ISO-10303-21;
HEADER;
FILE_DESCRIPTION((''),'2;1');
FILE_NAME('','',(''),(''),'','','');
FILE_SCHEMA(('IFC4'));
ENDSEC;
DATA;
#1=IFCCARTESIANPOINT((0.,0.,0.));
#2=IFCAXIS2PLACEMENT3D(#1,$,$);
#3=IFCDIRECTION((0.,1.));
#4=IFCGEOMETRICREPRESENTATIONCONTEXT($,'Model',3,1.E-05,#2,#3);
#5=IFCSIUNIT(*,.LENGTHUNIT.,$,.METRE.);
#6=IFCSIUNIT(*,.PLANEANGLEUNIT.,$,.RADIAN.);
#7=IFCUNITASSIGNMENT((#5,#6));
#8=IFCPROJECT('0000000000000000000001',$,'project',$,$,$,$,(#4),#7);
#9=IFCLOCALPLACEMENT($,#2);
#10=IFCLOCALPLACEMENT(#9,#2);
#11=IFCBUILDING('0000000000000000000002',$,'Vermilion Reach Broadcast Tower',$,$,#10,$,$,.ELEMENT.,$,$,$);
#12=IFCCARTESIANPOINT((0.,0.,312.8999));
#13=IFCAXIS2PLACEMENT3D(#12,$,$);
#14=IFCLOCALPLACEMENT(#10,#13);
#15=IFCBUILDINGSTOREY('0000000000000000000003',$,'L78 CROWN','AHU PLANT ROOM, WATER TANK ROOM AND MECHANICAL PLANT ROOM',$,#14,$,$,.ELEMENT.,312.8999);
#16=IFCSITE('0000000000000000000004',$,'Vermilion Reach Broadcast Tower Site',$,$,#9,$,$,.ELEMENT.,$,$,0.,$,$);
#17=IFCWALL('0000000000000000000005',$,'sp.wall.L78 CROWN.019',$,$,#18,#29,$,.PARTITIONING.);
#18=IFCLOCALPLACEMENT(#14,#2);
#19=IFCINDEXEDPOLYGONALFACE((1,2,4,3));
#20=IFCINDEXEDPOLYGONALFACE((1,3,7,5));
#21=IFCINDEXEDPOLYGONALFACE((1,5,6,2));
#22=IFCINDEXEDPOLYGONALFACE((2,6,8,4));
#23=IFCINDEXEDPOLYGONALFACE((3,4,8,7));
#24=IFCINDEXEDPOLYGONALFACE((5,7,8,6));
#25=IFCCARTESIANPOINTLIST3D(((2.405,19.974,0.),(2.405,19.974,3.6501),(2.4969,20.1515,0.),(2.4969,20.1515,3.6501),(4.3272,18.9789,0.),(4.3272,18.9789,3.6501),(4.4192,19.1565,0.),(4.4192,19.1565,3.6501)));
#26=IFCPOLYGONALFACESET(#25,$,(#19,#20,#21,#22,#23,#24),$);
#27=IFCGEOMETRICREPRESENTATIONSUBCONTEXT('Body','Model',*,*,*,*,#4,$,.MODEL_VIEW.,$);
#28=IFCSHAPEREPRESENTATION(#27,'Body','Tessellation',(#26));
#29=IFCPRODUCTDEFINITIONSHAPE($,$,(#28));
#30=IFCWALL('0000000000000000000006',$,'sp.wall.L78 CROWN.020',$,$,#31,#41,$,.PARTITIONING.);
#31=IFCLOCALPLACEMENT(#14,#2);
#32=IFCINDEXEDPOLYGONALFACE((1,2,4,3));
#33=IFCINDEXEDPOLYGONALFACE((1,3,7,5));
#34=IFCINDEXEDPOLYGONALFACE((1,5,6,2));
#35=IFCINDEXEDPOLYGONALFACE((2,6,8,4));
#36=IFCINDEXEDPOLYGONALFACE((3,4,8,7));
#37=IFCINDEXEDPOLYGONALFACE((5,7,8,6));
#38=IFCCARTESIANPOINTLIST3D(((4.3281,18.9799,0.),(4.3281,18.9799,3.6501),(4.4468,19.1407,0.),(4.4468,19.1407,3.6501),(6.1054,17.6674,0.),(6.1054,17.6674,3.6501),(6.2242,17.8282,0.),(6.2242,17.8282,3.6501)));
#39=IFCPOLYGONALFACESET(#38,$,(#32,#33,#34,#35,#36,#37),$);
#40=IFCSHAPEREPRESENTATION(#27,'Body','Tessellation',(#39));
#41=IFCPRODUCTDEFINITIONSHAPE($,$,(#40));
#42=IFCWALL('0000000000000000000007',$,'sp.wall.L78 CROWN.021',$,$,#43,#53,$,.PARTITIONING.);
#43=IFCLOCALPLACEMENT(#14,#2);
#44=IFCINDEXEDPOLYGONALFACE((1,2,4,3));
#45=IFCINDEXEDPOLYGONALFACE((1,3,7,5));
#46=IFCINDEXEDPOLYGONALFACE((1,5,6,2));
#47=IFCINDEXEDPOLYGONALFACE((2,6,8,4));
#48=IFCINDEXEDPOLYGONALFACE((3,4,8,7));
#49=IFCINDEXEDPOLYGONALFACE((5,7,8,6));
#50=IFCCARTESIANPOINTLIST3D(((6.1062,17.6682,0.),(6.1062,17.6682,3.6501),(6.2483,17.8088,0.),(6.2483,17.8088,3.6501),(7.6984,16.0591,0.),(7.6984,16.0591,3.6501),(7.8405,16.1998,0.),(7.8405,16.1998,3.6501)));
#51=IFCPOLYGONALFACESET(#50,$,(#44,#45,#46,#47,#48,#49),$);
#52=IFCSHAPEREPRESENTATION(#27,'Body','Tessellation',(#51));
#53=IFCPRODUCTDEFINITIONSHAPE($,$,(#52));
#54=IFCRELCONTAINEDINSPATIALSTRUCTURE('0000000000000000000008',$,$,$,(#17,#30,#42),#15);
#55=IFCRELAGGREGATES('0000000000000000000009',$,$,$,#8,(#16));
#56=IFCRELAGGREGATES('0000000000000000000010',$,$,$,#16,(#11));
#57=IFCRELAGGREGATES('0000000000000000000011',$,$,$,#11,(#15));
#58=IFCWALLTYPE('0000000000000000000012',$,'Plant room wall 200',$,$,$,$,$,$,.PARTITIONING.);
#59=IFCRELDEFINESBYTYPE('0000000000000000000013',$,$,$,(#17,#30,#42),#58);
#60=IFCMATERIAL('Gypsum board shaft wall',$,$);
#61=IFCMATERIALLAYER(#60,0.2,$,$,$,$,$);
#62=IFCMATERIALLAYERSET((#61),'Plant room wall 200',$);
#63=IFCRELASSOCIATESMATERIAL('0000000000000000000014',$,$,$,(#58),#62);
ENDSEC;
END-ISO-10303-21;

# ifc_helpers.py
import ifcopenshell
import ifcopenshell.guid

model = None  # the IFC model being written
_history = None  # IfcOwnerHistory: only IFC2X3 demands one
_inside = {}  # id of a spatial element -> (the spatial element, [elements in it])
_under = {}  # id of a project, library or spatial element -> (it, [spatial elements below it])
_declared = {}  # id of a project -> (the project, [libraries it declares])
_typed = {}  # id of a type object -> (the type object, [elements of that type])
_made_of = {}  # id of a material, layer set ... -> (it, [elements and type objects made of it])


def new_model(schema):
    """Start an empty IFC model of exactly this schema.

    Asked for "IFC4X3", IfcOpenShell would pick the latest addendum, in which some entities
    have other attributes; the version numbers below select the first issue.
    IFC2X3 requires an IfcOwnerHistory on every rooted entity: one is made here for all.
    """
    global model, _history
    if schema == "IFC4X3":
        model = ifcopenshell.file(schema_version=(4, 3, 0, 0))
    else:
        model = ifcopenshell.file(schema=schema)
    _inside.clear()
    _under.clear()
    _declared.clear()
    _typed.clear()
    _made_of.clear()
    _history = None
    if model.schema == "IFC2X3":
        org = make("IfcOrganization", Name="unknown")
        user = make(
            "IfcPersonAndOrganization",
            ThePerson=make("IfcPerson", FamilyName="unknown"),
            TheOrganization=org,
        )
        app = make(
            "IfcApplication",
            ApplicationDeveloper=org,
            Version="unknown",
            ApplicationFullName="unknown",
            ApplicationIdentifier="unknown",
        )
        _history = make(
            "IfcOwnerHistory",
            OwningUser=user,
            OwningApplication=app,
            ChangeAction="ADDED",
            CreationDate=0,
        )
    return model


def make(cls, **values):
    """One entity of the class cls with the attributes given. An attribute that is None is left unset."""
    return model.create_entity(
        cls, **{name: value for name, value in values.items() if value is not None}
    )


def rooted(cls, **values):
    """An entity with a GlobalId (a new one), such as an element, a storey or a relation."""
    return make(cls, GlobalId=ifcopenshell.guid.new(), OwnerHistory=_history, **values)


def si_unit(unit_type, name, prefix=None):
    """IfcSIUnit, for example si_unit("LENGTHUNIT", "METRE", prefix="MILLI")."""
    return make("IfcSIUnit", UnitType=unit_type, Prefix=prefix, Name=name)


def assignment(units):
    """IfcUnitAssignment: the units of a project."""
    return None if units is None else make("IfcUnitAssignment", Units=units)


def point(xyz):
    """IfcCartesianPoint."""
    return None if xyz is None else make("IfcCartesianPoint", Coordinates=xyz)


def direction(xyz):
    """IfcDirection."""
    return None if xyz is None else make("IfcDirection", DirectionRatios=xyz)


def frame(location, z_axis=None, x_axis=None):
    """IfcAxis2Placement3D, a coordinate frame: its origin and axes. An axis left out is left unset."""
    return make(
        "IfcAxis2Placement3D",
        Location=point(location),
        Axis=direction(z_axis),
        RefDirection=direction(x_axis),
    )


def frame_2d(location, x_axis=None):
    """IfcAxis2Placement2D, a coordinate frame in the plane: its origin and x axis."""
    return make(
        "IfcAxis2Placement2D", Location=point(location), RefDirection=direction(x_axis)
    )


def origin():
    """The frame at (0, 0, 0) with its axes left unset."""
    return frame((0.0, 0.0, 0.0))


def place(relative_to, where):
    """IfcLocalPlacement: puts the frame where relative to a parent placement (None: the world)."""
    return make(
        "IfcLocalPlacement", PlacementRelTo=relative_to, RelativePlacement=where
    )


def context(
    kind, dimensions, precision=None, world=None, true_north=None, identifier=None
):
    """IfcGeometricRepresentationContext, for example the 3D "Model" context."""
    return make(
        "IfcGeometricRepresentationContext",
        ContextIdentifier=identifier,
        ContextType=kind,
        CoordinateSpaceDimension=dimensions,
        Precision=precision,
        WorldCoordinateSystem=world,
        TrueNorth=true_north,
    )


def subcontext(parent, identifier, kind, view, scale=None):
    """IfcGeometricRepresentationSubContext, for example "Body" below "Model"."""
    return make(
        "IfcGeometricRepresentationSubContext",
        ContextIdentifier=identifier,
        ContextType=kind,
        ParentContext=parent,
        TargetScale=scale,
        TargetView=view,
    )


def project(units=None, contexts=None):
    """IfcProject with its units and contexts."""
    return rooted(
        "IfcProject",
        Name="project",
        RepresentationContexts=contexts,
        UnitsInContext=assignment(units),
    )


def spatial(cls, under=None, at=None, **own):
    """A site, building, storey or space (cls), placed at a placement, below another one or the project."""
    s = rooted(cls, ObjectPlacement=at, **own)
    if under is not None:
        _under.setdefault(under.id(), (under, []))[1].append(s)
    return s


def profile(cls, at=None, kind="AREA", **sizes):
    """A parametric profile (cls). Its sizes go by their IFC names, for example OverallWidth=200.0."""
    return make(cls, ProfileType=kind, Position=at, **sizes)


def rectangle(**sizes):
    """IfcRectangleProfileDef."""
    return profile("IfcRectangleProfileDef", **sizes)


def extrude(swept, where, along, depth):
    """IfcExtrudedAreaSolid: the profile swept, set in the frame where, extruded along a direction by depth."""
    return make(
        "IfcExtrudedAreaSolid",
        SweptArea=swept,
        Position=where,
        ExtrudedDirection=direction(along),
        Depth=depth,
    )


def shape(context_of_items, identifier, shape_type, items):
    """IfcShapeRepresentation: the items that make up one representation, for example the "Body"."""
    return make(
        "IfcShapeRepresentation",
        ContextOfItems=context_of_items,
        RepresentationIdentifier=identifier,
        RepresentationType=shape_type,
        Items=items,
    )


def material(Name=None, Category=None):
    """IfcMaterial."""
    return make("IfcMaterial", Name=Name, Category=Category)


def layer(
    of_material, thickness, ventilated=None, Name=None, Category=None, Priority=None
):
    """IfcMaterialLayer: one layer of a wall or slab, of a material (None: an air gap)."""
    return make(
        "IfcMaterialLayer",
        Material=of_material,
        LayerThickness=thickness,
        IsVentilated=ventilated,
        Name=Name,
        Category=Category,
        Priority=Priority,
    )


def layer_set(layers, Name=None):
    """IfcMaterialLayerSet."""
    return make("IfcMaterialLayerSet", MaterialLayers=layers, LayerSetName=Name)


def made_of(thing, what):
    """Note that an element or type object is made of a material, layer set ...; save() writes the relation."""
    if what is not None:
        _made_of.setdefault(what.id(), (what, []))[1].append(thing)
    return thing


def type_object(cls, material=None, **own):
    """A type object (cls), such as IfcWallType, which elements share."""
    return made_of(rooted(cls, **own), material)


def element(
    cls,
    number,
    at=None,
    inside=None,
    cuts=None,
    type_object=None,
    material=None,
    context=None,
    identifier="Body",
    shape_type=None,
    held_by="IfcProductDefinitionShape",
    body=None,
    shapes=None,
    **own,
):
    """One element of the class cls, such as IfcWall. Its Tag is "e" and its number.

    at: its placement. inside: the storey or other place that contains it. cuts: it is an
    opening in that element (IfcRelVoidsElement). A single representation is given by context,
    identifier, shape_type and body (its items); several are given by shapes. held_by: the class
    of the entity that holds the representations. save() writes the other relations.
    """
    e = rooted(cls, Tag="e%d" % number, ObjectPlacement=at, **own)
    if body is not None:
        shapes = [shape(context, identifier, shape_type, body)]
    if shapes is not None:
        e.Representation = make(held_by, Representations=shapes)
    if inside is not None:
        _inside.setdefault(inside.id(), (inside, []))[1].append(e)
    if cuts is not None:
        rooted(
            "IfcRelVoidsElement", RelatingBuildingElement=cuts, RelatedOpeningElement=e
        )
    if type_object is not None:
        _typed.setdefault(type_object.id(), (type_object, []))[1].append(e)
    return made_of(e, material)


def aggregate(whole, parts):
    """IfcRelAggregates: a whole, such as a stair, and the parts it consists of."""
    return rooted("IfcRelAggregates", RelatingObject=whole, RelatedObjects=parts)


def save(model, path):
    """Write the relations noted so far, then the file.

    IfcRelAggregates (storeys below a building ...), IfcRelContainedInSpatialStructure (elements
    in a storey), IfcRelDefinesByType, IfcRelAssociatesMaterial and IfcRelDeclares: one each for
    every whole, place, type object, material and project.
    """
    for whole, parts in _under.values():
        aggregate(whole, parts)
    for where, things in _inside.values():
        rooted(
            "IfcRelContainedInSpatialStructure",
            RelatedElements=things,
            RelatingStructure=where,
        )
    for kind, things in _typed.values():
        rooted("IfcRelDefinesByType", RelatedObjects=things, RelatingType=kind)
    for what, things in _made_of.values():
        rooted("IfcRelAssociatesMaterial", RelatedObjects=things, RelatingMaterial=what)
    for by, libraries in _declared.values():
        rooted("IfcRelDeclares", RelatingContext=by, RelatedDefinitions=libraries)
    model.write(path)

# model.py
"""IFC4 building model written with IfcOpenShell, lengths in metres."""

from ifc_helpers import new_model, si_unit, direction, frame, frame_2d, origin, place, context, subcontext, project, spatial, rectangle, extrude, material, layer, layer_set, type_object, element, save


model = new_model("IFC4")

# Units and contexts
model_context = context("Model", 3, precision=1e-05, world=origin(), true_north=direction((0.0, 1.0)))
body_context = subcontext(model_context, "Body", "Model", "MODEL_VIEW")
ifc_project = project(units=[si_unit("LENGTHUNIT", "METRE"), si_unit("PLANEANGLEUNIT", "RADIAN")], contexts=[model_context])

# Site, building, storey
site_placement = place(None, origin())
site = spatial("IfcSite", under=ifc_project, at=site_placement, Name="Vermilion Reach Broadcast Tower Site", CompositionType="ELEMENT", RefElevation=0.0)
building_placement = place(site_placement, origin())
building = spatial("IfcBuilding", under=site, at=building_placement, Name="Vermilion Reach Broadcast Tower", CompositionType="ELEMENT")
storey_placement = place(building_placement, frame((0.0, 0.0, 312.8999)))
storey = spatial("IfcBuildingStorey", under=building, at=storey_placement, Name="L78 CROWN", Description="AHU PLANT ROOM, WATER TANK ROOM AND MECHANICAL PLANT ROOM", CompositionType="ELEMENT", Elevation=312.8999)

# Walls
ifc_material_1 = material(Name="Gypsum board shaft wall")
ifc_layer_1 = layer(ifc_material_1, 0.2)
ifc_layer_set_1 = layer_set([ifc_layer_1], Name="Plant room wall 200")
wall_type_1 = type_object("IfcWallType", Name="Plant room wall 200", PredefinedType="PARTITIONING", material=ifc_layer_set_1)
wall_1_placement = place(storey_placement, frame((2.4509, 20.0627, 0.0), z_axis=(0.0, 0.0, 1.0), x_axis=(0.888068, -0.459711, 0.0)))
element("IfcWall", 1, at=wall_1_placement, inside=storey, type_object=wall_type_1, Name="sp.wall.L78 CROWN.019", PredefinedType="PARTITIONING", context=body_context, shape_type="SweptSolid", body=[
    extrude(rectangle(XDim=2.1646, YDim=0.2, at=frame_2d((1.0823, 0.0))), origin(), (0.0, 0.0, 1.0), 3.6501),
])
wall_2_placement = place(storey_placement, frame((4.3875, 19.0603, 0.0), z_axis=(0.0, 0.0, 1.0), x_axis=(0.804433, -0.594043, 0.0)))
element("IfcWall", 2, at=wall_2_placement, inside=storey, type_object=wall_type_1, Name="sp.wall.L78 CROWN.020", PredefinedType="PARTITIONING", context=body_context, shape_type="SweptSolid", body=[
    extrude(rectangle(XDim=2.2095, YDim=0.2, at=frame_2d((1.1047, 0.0))), origin(), (0.0, 0.0, 1.0), 3.6501),
])
wall_3_placement = place(storey_placement, frame((6.1772, 17.7385, 0.0), z_axis=(0.0, 0.0, 1.0), x_axis=(0.703376, -0.710818, 0.0)))
element("IfcWall", 3, at=wall_3_placement, inside=storey, type_object=wall_type_1, Name="sp.wall.L78 CROWN.021", PredefinedType="PARTITIONING", context=body_context, shape_type="SweptSolid", body=[
    extrude(rectangle(XDim=2.2637, YDim=0.2, at=frame_2d((1.1318, 0.0))), origin(), (0.0, 0.0, 1.0), 3.6501),
])

save(model, "model.ifc")
